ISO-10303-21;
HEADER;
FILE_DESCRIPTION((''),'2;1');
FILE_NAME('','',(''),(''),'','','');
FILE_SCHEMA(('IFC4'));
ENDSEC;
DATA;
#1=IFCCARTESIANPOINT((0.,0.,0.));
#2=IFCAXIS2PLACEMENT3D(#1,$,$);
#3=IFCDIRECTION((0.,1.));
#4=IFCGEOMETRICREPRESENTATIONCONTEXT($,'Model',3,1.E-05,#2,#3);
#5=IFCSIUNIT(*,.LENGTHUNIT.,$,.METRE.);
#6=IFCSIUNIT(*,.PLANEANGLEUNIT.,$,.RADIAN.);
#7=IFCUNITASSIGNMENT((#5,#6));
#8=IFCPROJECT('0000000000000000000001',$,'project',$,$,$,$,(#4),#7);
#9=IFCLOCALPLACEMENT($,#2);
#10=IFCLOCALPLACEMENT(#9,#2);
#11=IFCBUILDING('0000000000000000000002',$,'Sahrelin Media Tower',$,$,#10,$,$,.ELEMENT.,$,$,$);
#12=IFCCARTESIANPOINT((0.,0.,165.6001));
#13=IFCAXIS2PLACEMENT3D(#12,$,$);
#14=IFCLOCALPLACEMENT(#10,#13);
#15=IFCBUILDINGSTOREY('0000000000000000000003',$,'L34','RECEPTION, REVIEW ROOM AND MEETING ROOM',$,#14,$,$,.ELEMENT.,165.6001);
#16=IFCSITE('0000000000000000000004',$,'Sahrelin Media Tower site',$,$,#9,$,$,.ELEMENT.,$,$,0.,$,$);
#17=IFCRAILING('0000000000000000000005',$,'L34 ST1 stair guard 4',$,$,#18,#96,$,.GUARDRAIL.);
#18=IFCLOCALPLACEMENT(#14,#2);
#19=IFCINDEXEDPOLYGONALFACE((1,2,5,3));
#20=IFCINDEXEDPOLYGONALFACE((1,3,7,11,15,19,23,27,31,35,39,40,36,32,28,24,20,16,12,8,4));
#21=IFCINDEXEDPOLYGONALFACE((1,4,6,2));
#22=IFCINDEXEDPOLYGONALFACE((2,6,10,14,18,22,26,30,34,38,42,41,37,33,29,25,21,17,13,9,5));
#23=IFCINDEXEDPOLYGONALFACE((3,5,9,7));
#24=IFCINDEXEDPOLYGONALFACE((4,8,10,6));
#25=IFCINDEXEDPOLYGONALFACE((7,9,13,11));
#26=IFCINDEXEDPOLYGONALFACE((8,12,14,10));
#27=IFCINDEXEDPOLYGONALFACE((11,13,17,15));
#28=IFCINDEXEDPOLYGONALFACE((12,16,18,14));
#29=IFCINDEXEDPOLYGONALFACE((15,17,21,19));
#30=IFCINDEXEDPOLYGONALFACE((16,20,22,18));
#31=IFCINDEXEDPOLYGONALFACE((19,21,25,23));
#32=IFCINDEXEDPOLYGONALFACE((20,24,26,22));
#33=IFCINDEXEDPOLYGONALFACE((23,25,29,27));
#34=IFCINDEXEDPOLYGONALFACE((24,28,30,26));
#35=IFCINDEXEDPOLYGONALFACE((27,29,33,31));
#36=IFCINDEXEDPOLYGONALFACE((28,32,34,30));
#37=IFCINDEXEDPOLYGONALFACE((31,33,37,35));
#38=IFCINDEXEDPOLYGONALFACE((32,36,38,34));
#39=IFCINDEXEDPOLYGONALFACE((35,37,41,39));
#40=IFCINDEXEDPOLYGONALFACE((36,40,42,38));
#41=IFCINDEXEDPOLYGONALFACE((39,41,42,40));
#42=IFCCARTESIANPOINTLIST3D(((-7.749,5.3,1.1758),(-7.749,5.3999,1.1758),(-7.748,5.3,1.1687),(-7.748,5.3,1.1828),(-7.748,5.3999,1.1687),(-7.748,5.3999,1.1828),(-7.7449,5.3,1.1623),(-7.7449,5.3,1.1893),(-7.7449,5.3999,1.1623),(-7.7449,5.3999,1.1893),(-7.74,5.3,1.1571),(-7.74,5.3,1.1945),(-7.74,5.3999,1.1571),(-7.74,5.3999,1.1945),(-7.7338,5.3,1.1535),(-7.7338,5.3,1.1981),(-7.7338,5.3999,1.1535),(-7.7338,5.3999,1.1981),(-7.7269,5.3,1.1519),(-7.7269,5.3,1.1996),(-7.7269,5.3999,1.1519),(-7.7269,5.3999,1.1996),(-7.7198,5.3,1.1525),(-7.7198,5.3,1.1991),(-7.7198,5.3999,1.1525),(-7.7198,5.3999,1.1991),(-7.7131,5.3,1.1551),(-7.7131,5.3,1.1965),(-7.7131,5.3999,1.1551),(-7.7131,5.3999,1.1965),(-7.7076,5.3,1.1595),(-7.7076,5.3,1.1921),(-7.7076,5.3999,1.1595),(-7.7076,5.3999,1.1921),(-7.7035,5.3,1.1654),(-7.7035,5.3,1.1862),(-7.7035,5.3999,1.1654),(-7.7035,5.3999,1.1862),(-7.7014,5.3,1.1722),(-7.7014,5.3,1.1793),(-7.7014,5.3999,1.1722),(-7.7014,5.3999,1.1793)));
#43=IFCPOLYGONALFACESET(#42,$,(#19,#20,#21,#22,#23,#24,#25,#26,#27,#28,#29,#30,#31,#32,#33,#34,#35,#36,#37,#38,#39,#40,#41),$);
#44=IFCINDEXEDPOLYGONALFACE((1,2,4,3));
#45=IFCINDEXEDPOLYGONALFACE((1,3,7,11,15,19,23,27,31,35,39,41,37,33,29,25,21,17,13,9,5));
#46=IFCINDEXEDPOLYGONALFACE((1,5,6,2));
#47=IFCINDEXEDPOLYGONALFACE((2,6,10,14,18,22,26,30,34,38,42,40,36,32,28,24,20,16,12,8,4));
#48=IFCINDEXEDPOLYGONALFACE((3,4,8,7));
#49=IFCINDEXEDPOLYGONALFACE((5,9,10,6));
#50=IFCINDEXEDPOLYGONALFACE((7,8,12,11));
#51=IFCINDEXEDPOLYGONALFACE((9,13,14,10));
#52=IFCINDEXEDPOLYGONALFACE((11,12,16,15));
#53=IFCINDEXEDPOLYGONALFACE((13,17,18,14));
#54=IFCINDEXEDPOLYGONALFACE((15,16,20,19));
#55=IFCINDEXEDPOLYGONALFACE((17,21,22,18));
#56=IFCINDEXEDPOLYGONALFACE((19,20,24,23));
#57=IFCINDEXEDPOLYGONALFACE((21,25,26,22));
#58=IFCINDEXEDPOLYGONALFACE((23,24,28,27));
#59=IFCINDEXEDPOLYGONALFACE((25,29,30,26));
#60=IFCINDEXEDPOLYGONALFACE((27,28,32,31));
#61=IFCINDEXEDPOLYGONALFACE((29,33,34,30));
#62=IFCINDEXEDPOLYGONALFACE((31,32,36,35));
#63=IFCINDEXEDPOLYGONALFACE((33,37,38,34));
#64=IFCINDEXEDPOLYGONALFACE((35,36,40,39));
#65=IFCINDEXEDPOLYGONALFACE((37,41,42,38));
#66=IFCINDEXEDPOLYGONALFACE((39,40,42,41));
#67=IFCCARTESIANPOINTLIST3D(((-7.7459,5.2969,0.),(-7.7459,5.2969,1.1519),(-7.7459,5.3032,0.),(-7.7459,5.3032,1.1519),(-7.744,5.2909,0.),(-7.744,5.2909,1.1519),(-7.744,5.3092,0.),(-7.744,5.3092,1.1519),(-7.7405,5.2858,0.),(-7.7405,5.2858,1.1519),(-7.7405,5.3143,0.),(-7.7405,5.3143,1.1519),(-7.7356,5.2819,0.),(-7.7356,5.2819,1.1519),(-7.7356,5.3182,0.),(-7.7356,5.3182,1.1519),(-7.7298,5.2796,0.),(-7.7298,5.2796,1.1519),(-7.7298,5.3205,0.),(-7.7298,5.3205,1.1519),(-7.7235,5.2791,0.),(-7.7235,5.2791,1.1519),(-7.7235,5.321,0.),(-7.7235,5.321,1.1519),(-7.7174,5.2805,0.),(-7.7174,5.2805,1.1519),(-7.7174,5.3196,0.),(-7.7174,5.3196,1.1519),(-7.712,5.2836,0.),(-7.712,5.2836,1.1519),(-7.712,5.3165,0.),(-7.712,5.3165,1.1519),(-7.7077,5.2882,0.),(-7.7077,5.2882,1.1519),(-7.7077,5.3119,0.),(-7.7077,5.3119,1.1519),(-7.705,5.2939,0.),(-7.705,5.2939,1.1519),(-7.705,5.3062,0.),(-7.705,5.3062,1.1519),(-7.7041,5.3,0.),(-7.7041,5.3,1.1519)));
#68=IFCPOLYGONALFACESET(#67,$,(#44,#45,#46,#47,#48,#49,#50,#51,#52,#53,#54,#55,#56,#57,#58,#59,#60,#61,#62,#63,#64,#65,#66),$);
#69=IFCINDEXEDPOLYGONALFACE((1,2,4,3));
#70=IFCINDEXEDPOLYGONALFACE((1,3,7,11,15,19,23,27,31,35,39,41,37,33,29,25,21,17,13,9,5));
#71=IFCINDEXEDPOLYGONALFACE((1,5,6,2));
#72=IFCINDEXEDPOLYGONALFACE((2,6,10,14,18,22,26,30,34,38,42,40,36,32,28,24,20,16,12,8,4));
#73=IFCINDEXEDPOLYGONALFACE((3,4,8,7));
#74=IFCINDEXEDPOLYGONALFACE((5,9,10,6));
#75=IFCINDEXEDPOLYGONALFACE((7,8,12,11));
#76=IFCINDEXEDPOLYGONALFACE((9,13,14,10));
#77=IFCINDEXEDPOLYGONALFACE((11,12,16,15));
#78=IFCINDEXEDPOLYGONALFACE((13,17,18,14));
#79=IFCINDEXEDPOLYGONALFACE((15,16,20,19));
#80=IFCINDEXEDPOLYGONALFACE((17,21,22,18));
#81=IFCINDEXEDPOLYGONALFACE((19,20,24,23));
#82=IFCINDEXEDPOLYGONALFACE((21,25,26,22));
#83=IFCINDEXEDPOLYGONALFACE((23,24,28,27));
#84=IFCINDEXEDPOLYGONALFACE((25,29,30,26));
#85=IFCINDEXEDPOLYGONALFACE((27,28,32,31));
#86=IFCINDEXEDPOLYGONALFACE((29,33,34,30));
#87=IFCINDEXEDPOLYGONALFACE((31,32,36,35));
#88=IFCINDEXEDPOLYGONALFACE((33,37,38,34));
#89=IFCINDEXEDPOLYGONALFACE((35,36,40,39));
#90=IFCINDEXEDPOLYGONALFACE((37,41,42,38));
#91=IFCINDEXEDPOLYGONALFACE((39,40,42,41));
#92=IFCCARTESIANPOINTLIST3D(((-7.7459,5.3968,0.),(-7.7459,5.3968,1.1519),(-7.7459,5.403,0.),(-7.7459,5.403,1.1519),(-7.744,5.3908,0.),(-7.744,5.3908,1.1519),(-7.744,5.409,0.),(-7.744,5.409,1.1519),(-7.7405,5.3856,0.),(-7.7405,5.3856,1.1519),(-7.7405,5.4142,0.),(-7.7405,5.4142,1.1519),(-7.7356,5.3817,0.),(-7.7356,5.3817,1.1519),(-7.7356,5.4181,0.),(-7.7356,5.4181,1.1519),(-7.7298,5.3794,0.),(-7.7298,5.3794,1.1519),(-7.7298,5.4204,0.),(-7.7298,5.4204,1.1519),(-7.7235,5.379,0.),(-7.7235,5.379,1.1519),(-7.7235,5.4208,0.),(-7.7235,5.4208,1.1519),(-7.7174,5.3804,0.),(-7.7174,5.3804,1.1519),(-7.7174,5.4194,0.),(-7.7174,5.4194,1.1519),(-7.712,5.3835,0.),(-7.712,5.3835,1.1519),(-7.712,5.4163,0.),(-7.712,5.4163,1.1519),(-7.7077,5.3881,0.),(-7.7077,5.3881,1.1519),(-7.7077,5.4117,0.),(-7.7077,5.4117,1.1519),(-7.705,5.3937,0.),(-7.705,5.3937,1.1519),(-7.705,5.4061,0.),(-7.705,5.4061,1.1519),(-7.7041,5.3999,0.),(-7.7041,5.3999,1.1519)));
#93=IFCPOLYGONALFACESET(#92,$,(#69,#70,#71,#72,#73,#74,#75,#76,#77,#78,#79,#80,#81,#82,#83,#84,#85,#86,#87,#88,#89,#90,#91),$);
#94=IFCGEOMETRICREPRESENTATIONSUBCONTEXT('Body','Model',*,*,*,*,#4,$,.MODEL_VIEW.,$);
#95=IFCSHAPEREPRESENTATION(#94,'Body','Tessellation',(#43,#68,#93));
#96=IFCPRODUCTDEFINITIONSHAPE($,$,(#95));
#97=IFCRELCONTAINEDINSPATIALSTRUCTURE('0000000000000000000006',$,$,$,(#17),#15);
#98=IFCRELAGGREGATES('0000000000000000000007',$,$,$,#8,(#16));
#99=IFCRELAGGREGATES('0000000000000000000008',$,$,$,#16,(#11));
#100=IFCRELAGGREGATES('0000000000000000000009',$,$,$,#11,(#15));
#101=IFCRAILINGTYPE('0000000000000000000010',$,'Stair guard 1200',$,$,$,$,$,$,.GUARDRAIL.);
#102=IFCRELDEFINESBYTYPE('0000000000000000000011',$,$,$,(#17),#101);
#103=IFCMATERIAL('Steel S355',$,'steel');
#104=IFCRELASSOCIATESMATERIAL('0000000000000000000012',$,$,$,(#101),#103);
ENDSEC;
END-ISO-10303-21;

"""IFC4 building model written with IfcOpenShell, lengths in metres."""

from ifc_helpers import new_model, si_unit, direction, frame, origin, origin_2d, place, context, subcontext, project, spatial, circle, extrude, material, type_object, element, save


model = new_model("IFC4")

# Units and contexts
model_context = context("Model", 3, precision=1e-05, world=origin(), true_north=direction((0.0, 1.0)))
body_context = subcontext(model_context, "Body", "Model", "MODEL_VIEW")
ifc_project = project(units=[si_unit("LENGTHUNIT", "METRE"), si_unit("PLANEANGLEUNIT", "RADIAN")], contexts=[model_context])

# Site, building, storey
site_placement = place(None, origin())
site = spatial("IfcSite", under=ifc_project, at=site_placement, Name="Sahrelin Media Tower site", CompositionType="ELEMENT", RefElevation=0.0)
building_placement = place(site_placement, origin())
building = spatial("IfcBuilding", under=site, at=building_placement, Name="Sahrelin Media Tower", CompositionType="ELEMENT")
storey_placement = place(building_placement, frame((0.0, 0.0, 165.6001)))
storey = spatial("IfcBuildingStorey", under=building, at=storey_placement, Name="L34", Description="RECEPTION, REVIEW ROOM AND MEETING ROOM", CompositionType="ELEMENT", Elevation=165.6001)

# Shared definitions
ifc_material_1 = material(Name="Steel S355", Category="steel")

# Railing
railing_type_1 = type_object("IfcRailingType", Name="Stair guard 1200", PredefinedType="GUARDRAIL", material=ifc_material_1)
railing_1_placement = place(storey_placement, frame((-7.7251, 5.3, 0.0)))
element("IfcRailing", 1, at=railing_1_placement, inside=storey, type_object=railing_type_1, Name="L34 ST1 stair guard 4", PredefinedType="GUARDRAIL", context=body_context, shape_type="SweptSolid", body=[
    extrude(circle(Radius=0.0239, at=origin_2d()), frame((0.0, 0.0, 1.1758), z_axis=(0.0, 1.0, 0.0), x_axis=(-1.0, 0.0, 0.0)), (0.0, 0.0, 1.0), 0.0999),
    extrude(circle(Radius=0.021, at=origin_2d()), origin(), (0.0, 0.0, 1.0), 1.1519),
    extrude(circle(Radius=0.021, at=origin_2d()), frame((0.0, 0.0999, 0.0)), (0.0, 0.0, 1.0), 1.1519),
])

save(model, "model.ifc")
